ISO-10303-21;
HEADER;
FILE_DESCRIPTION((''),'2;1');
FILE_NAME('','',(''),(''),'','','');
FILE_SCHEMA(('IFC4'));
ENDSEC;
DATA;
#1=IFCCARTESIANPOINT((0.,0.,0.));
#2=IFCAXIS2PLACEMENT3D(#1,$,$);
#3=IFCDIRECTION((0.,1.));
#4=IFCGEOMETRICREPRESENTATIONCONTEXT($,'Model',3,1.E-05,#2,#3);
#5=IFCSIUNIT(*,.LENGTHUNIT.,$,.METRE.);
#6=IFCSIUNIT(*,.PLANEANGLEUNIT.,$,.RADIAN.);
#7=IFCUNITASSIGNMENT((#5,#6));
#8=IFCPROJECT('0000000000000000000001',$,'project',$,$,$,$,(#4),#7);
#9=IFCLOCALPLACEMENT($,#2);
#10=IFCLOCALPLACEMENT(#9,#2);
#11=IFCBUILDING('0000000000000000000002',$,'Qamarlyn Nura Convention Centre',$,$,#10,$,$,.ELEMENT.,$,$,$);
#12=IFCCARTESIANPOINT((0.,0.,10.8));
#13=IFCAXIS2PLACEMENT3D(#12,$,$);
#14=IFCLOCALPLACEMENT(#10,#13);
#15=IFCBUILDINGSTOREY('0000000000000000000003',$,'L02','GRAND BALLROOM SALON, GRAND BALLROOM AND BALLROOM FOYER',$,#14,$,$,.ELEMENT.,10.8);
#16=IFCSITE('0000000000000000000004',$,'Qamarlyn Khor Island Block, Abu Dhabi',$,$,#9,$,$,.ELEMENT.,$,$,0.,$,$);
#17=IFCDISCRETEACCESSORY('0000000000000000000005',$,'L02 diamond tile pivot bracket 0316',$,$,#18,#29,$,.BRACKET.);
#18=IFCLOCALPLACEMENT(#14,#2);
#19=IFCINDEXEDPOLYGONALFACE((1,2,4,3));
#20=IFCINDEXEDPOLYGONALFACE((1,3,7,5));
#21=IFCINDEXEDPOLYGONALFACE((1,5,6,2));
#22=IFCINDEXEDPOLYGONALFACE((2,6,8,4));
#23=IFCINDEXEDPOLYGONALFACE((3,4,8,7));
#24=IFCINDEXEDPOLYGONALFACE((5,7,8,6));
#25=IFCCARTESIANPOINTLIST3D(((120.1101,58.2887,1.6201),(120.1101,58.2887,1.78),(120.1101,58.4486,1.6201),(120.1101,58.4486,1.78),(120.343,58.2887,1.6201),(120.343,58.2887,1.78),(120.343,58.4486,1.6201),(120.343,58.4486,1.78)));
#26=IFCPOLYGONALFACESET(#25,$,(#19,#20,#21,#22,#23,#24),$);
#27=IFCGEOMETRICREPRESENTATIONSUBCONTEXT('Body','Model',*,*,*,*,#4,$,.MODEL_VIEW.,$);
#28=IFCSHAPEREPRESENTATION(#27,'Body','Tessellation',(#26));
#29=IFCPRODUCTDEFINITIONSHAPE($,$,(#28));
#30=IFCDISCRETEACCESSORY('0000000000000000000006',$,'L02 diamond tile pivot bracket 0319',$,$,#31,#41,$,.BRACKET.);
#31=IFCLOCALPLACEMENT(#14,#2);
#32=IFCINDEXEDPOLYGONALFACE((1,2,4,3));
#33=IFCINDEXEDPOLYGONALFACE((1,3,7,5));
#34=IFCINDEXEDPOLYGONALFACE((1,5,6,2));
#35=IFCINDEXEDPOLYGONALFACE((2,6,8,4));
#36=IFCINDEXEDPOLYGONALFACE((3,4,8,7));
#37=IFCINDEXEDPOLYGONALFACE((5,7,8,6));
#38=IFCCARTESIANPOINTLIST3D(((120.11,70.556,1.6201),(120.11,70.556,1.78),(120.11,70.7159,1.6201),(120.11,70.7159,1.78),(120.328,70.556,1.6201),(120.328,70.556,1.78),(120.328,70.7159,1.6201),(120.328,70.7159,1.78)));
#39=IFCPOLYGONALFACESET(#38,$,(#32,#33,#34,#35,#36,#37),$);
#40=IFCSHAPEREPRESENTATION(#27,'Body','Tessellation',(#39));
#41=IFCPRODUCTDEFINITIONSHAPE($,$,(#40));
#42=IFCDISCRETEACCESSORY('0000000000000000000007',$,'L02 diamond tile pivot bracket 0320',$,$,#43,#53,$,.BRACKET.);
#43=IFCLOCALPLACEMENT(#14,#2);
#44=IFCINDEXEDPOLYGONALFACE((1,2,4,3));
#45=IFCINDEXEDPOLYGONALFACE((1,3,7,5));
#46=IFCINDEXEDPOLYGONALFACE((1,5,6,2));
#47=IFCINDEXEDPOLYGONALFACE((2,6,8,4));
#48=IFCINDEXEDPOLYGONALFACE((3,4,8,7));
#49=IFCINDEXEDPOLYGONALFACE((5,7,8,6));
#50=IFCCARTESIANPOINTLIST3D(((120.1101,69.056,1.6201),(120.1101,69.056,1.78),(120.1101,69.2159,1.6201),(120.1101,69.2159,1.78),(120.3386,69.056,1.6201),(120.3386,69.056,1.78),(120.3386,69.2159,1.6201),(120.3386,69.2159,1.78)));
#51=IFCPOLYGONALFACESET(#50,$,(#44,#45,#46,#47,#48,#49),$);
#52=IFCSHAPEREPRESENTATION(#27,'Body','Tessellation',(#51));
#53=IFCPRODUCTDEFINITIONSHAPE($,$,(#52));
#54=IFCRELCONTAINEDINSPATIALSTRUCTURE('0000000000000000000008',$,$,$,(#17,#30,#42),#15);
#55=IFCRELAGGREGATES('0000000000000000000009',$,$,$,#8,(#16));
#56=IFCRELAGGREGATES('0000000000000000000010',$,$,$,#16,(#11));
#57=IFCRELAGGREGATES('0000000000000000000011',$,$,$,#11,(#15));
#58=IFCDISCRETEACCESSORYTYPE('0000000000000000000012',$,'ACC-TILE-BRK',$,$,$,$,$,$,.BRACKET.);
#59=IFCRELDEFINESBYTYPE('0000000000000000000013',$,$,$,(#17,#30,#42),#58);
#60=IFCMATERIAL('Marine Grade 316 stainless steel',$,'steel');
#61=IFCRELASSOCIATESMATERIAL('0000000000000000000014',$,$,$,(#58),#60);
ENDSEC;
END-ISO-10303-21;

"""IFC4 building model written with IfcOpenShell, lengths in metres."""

from ifc_helpers import new_model, si_unit, direction, frame, origin, origin_2d, place, context, subcontext, project, spatial, rectangle, extrude, material, type_object, element, save


model = new_model("IFC4")

# Units and contexts
model_context = context("Model", 3, precision=1e-05, world=origin(), true_north=direction((0.0, 1.0)))
body_context = subcontext(model_context, "Body", "Model", "MODEL_VIEW")
ifc_project = project(units=[si_unit("LENGTHUNIT", "METRE"), si_unit("PLANEANGLEUNIT", "RADIAN")], contexts=[model_context])

# Site, building, storey
site_placement = place(None, origin())
site = spatial("IfcSite", under=ifc_project, at=site_placement, Name="Qamarlyn Khor Island Block, Abu Dhabi", CompositionType="ELEMENT", RefElevation=0.0)
building_placement = place(site_placement, origin())
building = spatial("IfcBuilding", under=site, at=building_placement, Name="Qamarlyn Nura Convention Centre", CompositionType="ELEMENT")
storey_placement = place(building_placement, frame((0.0, 0.0, 10.8)))
storey = spatial("IfcBuildingStorey", under=building, at=storey_placement, Name="L02", Description="GRAND BALLROOM SALON, GRAND BALLROOM AND BALLROOM FOYER", CompositionType="ELEMENT", Elevation=10.8)

# Discrete accessories
ifc_material_1 = material(Name="Marine Grade 316 stainless steel", Category="steel")
discrete_accessory_type_1 = type_object("IfcDiscreteAccessoryType", Name="ACC-TILE-BRK", PredefinedType="BRACKET", material=ifc_material_1)
discrete_accessory_1_placement = place(storey_placement, frame((120.2266, 58.3687, 1.6201), z_axis=(0.0, 0.0, 1.0), x_axis=(1.0, 0.0, 0.0)))
element("IfcDiscreteAccessory", 1, at=discrete_accessory_1_placement, inside=storey, type_object=discrete_accessory_type_1, Name="L02 diamond tile pivot bracket 0316", PredefinedType="BRACKET", context=body_context, shape_type="SweptSolid", body=[
    extrude(rectangle(XDim=0.2329, YDim=0.1599, at=origin_2d()), origin(), (0.0, 0.0, 1.0), 0.1599),
])
discrete_accessory_2_placement = place(storey_placement, frame((120.219, 70.636, 1.6201), z_axis=(0.0, 0.0, 1.0), x_axis=(1.0, 0.0, 0.0)))
element("IfcDiscreteAccessory", 2, at=discrete_accessory_2_placement, inside=storey, type_object=discrete_accessory_type_1, Name="L02 diamond tile pivot bracket 0319", PredefinedType="BRACKET", context=body_context, shape_type="SweptSolid", body=[
    extrude(rectangle(XDim=0.218, YDim=0.1599, at=origin_2d()), origin(), (0.0, 0.0, 1.0), 0.1599),
])
discrete_accessory_3_placement = place(storey_placement, frame((120.2244, 69.136, 1.6201), z_axis=(0.0, 0.0, 1.0), x_axis=(1.0, 0.0, 0.0)))
element("IfcDiscreteAccessory", 3, at=discrete_accessory_3_placement, inside=storey, type_object=discrete_accessory_type_1, Name="L02 diamond tile pivot bracket 0320", PredefinedType="BRACKET", context=body_context, shape_type="SweptSolid", body=[
    extrude(rectangle(XDim=0.2285, YDim=0.1599, at=origin_2d()), origin(), (0.0, 0.0, 1.0), 0.1599),
])

save(model, "model.ifc")
